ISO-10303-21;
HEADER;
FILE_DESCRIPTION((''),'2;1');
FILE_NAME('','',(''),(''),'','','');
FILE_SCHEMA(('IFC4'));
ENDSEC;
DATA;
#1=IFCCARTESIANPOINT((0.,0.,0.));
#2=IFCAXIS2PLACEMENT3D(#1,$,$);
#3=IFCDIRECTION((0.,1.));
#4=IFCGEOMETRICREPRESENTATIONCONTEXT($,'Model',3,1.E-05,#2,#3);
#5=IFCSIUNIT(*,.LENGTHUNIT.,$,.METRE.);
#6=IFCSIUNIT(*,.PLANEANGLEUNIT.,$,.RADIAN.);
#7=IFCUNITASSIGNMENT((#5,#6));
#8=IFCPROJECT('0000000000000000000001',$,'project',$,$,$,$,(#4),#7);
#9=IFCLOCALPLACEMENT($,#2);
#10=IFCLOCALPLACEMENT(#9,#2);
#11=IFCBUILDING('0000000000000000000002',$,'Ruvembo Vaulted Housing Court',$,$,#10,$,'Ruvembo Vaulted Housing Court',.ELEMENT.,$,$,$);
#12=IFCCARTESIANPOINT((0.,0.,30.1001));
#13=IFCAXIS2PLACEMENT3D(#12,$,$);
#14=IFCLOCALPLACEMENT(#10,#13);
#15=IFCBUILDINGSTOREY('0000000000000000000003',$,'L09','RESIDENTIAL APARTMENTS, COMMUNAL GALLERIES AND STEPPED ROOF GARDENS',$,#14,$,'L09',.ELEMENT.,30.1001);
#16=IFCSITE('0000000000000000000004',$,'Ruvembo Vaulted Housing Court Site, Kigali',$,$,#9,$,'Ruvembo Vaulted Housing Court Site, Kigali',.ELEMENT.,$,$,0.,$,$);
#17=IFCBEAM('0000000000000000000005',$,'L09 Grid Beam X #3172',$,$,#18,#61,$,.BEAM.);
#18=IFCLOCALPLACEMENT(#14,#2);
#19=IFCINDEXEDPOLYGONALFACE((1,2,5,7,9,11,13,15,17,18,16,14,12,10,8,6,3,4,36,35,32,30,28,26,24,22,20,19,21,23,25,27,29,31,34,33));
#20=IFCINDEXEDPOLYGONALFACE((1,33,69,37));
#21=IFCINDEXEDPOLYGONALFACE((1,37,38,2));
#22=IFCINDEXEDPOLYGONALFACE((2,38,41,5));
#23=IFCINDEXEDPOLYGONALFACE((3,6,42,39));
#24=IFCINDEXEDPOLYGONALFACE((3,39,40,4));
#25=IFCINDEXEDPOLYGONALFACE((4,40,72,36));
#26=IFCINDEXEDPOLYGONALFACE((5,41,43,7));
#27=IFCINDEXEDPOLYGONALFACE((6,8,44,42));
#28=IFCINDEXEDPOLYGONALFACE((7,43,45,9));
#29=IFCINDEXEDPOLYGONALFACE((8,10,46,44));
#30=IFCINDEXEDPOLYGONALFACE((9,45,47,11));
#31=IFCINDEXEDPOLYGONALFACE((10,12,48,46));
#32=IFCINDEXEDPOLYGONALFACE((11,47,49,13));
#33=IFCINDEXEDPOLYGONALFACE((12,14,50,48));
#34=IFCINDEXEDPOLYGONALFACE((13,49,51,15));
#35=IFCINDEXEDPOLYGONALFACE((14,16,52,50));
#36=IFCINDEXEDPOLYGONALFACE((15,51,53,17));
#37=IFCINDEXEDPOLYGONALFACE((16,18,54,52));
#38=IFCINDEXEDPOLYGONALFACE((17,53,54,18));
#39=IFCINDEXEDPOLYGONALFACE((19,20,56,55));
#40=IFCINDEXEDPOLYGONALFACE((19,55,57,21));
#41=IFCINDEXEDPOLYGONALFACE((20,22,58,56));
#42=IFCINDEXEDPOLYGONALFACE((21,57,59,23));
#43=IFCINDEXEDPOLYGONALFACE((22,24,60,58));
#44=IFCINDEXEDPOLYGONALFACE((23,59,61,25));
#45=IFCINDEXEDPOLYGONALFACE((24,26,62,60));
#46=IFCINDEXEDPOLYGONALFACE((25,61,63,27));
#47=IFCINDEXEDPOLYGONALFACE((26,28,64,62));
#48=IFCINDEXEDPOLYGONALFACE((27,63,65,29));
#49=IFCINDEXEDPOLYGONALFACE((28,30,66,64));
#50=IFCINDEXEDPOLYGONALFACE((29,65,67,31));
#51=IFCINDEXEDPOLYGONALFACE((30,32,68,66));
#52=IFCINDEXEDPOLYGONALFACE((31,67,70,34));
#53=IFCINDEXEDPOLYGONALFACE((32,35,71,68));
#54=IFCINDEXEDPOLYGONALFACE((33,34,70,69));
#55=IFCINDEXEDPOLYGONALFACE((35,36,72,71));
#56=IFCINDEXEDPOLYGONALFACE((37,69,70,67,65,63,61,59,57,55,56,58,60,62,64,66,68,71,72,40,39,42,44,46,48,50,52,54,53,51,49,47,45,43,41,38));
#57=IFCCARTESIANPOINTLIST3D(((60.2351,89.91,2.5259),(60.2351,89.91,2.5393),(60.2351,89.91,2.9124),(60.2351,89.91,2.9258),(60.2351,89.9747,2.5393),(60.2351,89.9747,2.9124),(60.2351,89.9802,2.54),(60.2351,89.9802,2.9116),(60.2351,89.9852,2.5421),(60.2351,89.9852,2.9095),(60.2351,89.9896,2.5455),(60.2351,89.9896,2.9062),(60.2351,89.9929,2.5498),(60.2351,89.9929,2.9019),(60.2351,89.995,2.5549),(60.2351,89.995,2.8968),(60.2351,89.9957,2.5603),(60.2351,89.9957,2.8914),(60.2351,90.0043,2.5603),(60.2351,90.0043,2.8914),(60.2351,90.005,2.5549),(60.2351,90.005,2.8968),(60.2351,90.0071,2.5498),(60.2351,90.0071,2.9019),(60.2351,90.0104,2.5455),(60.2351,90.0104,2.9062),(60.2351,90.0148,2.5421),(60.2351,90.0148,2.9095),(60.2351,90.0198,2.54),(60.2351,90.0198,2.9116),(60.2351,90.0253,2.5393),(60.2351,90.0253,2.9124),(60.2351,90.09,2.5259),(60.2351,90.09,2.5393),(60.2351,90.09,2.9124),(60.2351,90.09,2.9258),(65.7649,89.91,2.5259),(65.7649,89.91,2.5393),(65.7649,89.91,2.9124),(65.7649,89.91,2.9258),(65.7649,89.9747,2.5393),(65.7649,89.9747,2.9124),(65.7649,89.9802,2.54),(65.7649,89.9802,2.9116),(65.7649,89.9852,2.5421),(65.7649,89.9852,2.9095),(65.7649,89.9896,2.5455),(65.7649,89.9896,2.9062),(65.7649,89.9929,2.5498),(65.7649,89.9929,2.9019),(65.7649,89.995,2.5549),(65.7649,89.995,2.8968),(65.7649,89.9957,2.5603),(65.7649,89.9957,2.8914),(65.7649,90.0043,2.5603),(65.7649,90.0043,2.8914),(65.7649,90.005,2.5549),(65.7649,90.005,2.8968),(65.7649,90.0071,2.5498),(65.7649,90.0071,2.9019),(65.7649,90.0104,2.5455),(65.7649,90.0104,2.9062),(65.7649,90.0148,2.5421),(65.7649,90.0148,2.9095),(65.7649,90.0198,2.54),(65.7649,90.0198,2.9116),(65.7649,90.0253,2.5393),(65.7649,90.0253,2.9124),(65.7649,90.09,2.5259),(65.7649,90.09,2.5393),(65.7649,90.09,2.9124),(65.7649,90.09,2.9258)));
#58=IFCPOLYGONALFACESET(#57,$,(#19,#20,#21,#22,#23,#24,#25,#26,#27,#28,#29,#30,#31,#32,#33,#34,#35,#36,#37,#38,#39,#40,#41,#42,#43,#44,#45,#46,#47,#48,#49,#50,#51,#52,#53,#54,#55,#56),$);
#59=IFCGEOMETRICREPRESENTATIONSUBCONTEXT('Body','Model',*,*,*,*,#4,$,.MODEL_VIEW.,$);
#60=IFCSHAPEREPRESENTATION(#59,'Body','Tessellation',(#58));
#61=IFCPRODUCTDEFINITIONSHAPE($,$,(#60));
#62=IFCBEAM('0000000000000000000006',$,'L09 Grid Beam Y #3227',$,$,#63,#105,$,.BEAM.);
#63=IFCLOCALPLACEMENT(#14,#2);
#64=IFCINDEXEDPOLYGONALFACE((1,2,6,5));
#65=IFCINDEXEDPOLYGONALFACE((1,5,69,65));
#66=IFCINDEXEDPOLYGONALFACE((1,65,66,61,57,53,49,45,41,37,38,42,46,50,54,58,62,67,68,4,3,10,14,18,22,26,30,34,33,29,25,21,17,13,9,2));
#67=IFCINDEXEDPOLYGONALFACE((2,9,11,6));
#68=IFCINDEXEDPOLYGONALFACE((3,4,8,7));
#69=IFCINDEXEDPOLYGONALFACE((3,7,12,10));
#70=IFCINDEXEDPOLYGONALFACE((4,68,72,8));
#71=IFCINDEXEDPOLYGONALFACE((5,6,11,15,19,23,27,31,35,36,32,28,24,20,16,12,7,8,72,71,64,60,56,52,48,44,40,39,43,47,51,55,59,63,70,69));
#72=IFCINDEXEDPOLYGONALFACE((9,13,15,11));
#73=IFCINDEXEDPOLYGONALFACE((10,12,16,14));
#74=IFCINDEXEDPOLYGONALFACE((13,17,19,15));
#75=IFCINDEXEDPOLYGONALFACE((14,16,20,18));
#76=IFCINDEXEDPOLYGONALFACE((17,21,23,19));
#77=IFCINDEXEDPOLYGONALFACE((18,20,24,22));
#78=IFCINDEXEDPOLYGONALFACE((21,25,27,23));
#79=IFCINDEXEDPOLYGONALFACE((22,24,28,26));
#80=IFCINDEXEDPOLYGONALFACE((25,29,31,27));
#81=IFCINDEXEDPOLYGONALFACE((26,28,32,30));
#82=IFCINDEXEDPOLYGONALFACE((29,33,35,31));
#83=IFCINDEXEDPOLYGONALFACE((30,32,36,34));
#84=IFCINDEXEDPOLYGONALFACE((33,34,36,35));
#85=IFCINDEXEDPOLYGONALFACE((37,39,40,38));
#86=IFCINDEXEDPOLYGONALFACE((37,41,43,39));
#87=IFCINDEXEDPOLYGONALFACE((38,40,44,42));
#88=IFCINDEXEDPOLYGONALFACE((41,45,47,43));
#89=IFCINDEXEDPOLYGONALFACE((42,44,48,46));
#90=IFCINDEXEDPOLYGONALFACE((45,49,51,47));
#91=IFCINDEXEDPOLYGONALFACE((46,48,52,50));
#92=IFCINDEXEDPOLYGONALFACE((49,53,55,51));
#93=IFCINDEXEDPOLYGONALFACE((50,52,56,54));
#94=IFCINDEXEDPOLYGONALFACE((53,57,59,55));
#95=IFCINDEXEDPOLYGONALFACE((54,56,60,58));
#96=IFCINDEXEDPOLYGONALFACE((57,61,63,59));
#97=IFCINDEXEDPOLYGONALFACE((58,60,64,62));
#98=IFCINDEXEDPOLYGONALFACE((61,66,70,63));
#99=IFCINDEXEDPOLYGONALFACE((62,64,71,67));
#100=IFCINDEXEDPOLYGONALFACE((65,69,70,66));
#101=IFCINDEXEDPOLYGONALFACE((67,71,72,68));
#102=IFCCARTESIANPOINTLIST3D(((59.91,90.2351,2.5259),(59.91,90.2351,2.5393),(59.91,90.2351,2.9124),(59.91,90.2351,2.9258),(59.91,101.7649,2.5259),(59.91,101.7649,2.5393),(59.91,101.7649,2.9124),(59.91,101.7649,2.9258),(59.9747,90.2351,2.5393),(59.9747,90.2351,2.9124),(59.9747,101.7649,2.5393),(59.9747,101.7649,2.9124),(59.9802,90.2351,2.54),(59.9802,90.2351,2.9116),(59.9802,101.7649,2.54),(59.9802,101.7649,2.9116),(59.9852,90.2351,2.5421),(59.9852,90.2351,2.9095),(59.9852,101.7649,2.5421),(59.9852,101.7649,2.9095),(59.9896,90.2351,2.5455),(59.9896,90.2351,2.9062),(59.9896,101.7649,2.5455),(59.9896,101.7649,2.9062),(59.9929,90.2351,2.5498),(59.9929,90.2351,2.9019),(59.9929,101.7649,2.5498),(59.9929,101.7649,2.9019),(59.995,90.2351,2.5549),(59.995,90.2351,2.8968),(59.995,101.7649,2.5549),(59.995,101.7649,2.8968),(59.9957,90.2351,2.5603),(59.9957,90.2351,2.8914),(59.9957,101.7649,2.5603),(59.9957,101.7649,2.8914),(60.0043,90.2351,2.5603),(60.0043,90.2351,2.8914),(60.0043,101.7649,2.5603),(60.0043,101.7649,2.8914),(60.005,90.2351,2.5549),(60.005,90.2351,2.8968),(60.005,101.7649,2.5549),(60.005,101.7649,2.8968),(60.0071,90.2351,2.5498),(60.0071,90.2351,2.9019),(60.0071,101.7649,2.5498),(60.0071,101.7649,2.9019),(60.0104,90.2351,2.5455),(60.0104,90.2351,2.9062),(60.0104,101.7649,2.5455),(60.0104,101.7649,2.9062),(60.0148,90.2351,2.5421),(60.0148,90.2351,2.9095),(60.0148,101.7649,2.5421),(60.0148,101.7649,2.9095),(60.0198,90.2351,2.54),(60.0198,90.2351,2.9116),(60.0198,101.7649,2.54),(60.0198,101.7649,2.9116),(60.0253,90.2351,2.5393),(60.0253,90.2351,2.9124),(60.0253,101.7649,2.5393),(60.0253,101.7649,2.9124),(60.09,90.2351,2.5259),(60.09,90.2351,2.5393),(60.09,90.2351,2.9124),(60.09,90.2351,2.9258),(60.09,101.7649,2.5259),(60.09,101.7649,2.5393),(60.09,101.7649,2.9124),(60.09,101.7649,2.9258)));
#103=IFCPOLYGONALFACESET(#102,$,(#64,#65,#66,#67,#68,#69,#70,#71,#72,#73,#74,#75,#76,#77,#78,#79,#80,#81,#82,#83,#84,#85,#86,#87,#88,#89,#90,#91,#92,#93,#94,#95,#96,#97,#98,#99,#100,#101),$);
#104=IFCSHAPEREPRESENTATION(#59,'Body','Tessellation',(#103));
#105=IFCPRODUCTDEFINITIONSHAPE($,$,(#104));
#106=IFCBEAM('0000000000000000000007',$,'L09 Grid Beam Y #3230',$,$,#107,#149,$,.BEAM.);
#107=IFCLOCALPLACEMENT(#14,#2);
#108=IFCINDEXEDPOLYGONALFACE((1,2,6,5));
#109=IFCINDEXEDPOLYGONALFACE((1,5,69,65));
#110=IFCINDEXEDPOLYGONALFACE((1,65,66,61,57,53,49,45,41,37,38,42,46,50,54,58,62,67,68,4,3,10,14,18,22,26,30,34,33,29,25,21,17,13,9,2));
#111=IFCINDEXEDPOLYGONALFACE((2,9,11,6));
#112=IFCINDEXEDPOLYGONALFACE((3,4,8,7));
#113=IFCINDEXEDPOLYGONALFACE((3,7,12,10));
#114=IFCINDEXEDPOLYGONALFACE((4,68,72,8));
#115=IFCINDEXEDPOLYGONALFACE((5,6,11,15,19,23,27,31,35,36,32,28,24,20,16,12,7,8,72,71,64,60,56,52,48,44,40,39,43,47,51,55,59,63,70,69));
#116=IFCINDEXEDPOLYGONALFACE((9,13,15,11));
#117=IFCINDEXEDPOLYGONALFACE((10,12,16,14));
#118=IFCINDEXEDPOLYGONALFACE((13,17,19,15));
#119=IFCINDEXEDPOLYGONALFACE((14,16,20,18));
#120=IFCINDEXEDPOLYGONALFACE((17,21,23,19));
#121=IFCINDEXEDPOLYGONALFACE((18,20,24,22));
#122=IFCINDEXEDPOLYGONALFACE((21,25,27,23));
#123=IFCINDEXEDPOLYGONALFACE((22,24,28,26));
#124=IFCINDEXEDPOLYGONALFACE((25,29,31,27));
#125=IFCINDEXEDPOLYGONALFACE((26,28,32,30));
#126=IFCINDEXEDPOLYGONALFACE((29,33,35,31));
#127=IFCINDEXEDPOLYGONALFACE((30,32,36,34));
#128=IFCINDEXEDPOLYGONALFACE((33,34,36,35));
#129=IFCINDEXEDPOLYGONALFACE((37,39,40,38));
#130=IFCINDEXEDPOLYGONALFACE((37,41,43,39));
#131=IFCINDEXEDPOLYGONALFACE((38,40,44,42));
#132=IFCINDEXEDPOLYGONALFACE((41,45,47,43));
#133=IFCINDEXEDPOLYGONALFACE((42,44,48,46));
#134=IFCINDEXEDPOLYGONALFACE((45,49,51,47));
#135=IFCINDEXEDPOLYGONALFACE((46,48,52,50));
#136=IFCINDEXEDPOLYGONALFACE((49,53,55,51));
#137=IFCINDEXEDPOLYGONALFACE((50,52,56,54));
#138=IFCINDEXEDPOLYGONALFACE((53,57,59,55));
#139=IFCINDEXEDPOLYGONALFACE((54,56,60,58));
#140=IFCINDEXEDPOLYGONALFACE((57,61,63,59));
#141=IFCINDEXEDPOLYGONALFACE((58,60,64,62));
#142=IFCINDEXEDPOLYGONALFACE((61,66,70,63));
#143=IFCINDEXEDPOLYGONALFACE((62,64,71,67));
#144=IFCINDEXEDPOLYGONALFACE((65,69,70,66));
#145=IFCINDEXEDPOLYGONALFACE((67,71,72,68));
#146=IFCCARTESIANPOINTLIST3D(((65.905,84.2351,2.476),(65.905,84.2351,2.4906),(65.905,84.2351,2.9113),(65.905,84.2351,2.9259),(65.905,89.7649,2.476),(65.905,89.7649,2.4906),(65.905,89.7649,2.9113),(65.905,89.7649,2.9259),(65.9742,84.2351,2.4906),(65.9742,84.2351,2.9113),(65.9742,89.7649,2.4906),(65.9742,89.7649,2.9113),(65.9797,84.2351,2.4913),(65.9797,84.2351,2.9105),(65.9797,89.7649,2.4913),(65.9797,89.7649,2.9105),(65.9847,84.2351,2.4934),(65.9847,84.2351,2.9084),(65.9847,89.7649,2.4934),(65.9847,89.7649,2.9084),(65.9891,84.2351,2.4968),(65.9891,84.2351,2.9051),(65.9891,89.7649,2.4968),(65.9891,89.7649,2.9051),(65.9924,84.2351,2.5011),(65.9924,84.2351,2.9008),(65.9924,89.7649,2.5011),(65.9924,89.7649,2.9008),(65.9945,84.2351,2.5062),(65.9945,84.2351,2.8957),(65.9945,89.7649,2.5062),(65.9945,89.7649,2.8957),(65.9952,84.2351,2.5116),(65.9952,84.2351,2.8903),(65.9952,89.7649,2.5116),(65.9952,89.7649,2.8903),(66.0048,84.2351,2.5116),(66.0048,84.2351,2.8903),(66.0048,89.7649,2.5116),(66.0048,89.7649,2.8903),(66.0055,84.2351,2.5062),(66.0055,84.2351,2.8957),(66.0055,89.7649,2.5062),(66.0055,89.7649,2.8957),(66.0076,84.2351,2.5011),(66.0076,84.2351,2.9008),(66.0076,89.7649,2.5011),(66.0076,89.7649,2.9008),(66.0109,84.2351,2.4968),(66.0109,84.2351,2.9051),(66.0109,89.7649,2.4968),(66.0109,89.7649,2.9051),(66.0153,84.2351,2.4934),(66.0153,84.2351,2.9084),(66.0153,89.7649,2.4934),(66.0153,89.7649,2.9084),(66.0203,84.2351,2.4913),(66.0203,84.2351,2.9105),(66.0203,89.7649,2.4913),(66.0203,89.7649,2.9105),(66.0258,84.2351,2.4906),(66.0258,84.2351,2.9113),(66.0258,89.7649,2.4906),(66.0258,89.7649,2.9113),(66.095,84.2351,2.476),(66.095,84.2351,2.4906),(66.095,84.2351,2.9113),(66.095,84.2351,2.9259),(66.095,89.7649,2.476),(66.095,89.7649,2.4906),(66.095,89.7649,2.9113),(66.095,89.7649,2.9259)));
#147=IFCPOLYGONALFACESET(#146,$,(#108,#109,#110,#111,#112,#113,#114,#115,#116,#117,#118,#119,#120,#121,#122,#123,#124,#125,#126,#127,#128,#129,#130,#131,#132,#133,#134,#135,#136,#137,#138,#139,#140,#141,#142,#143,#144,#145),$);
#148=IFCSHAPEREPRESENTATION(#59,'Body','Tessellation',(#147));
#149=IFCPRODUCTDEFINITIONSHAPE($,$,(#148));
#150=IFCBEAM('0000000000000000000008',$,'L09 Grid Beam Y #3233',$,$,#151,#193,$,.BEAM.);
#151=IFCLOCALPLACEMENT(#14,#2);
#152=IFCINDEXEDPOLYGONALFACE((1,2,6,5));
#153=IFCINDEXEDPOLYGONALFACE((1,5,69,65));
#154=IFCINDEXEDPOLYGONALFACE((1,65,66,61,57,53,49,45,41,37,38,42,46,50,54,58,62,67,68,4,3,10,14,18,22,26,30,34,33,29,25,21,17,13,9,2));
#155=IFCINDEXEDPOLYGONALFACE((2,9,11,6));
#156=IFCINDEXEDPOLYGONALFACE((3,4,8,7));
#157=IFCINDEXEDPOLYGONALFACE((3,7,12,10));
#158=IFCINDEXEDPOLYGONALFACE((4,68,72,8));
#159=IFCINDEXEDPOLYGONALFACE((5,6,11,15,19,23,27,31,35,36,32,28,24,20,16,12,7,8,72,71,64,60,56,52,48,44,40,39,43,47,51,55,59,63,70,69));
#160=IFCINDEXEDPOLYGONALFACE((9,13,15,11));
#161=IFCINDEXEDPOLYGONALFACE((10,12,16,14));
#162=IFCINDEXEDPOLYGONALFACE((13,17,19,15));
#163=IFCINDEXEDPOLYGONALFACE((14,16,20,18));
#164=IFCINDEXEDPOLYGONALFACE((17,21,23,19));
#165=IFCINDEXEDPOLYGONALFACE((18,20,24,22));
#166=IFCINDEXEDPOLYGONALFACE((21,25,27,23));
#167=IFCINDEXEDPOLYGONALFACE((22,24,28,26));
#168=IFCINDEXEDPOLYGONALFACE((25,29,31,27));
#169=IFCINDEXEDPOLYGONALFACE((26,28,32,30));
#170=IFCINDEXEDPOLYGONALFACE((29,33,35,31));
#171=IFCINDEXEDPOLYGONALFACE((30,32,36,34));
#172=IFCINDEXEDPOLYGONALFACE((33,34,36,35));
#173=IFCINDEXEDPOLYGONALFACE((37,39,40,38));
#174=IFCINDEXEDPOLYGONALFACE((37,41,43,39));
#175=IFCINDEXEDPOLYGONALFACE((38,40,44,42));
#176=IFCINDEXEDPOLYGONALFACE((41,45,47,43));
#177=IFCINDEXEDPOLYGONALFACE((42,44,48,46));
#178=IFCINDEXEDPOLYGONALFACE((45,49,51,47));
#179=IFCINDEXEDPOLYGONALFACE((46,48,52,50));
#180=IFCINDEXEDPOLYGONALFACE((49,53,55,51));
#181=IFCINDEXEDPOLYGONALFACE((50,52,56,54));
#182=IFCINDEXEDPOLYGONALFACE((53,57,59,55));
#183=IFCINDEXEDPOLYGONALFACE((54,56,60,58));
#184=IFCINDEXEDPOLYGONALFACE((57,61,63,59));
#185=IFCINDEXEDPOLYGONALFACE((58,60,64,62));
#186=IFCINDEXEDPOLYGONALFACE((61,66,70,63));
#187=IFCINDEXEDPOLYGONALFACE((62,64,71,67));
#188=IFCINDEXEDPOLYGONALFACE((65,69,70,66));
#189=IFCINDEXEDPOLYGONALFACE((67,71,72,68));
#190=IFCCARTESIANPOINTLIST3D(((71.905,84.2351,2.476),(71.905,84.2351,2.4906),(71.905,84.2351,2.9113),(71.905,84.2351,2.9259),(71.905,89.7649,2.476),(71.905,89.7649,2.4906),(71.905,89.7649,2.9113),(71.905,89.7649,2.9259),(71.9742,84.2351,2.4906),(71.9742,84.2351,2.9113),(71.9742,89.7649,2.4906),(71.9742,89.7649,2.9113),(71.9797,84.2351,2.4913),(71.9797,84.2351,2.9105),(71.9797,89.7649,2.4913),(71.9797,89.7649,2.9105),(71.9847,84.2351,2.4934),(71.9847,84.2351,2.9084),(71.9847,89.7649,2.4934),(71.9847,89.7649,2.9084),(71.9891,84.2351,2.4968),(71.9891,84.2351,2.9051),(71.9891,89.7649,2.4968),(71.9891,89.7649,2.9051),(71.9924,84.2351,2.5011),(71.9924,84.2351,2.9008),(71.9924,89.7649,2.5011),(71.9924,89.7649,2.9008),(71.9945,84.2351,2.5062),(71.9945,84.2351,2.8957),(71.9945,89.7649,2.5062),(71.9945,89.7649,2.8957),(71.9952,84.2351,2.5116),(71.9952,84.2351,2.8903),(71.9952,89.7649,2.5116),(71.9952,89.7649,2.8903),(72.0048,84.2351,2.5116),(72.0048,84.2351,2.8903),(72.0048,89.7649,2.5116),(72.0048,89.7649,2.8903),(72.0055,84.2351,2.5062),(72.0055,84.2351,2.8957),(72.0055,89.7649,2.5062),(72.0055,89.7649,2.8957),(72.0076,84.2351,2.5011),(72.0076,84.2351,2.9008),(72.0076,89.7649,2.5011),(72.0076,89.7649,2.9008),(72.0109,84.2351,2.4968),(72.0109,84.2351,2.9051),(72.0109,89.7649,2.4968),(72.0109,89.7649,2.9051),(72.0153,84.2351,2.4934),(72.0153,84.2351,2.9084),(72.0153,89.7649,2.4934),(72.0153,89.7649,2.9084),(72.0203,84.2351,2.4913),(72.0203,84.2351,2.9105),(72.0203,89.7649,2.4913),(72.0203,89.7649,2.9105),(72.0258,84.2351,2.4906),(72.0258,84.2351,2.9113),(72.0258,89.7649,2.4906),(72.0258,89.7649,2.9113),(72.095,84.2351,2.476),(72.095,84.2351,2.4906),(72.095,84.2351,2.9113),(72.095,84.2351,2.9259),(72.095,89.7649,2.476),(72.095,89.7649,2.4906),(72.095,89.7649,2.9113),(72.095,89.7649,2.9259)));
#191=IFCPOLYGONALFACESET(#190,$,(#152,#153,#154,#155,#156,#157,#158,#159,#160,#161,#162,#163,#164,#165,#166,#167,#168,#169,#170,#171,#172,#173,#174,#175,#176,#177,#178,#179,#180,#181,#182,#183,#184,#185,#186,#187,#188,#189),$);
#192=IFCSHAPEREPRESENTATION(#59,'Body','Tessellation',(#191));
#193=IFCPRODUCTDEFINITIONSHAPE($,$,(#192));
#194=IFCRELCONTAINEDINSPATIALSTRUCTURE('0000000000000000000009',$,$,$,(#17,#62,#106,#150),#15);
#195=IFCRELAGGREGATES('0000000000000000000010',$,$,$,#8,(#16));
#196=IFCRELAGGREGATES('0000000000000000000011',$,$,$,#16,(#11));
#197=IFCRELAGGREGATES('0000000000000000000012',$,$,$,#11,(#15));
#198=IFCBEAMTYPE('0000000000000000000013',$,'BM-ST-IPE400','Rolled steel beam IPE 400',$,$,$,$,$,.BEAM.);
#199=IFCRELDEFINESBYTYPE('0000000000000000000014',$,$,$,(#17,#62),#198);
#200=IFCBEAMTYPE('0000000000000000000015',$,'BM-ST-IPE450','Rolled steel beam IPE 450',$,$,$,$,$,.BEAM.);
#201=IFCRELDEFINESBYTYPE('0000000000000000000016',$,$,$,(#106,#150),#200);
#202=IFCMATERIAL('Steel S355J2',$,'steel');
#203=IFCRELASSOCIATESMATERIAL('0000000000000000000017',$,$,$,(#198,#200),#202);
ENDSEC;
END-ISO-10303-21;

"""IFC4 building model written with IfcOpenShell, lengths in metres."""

from ifc_helpers import new_model, si_unit, direction, frame, origin, origin_2d, place, context, subcontext, project, spatial, i_section, extrude, material, material_profile, profile_set, type_object, element, save


model = new_model("IFC4")

# Units and contexts
model_context = context("Model", 3, precision=1e-05, world=origin(), true_north=direction((0.0, 1.0)))
body_context = subcontext(model_context, "Body", "Model", "MODEL_VIEW")
ifc_project = project(units=[si_unit("LENGTHUNIT", "METRE"), si_unit("PLANEANGLEUNIT", "RADIAN")], contexts=[model_context])

# Site, building, storey
site_placement = place(None, origin())
site = spatial("IfcSite", under=ifc_project, at=site_placement, Name="Ruvembo Vaulted Housing Court Site, Kigali", LongName="Ruvembo Vaulted Housing Court Site, Kigali", CompositionType="ELEMENT", RefElevation=0.0)
building_placement = place(site_placement, origin())
building = spatial("IfcBuilding", under=site, at=building_placement, Name="Ruvembo Vaulted Housing Court", LongName="Ruvembo Vaulted Housing Court", CompositionType="ELEMENT")
storey_placement = place(building_placement, frame((0.0, 0.0, 30.1001)))
storey = spatial("IfcBuildingStorey", under=building, at=storey_placement, Name="L09", Description="RESIDENTIAL APARTMENTS, COMMUNAL GALLERIES AND STEPPED ROOF GARDENS", LongName="L09", CompositionType="ELEMENT", Elevation=30.1001)

# Beams
ifc_material_1 = material(Name="Steel S355J2", Category="steel")
ifc_material_profile_1 = material_profile(ifc_material_1, i_section(OverallWidth=0.1799, OverallDepth=0.3999, WebThickness=0.0085, FlangeThickness=0.0134, FilletRadius=0.021, at=origin_2d()), Name="IPE 400")
ifc_profile_set_1 = profile_set([ifc_material_profile_1], Name="Steel S355J2")
beam_type_1 = type_object("IfcBeamType", Name="BM-ST-IPE400", Description="Rolled steel beam IPE 400", PredefinedType="BEAM", material=ifc_profile_set_1)
beam_1_placement = place(storey_placement, frame((60.2351, 90.0, 2.7258), z_axis=(1.0, 0.0, 0.0), x_axis=(0.0, 1.0, 0.0)))
element("IfcBeam", 1, at=beam_1_placement, inside=storey, type_object=beam_type_1, Name="L09 Grid Beam X #3172", PredefinedType="BEAM", context=body_context, shape_type="SweptSolid", body=[
    extrude(i_section(OverallWidth=0.1799, OverallDepth=0.3999, WebThickness=0.0085, FlangeThickness=0.0134, FilletRadius=0.021, at=origin_2d()), origin(), (0.0, 0.0, 1.0), 5.5298),
])
beam_2_placement = place(storey_placement, frame((60.0, 90.2351, 2.7258), z_axis=(0.0, 1.0, 0.0), x_axis=(-1.0, 0.0, 0.0)))
element("IfcBeam", 2, at=beam_2_placement, inside=storey, type_object=beam_type_1, Name="L09 Grid Beam Y #3227", PredefinedType="BEAM", context=body_context, shape_type="SweptSolid", body=[
    extrude(i_section(OverallWidth=0.1799, OverallDepth=0.3999, WebThickness=0.0085, FlangeThickness=0.0134, FilletRadius=0.021, at=origin_2d()), origin(), (0.0, 0.0, 1.0), 11.5298),
])
ifc_material_profile_2 = material_profile(ifc_material_1, i_section(OverallWidth=0.1899, OverallDepth=0.45, WebThickness=0.0095, FlangeThickness=0.0146, FilletRadius=0.021, at=origin_2d()), Name="IPE 450")
ifc_profile_set_2 = profile_set([ifc_material_profile_2], Name="Steel S355J2")
beam_type_2 = type_object("IfcBeamType", Name="BM-ST-IPE450", Description="Rolled steel beam IPE 450", PredefinedType="BEAM", material=ifc_profile_set_2)
for number, where, z_axis, x_axis, name in (
    (3, (66.0, 84.2351, 2.7009), (0.0, 1.0, 0.0), (-1.0, 0.0, 0.0), "L09 Grid Beam Y #3230"),
    (4, (72.0, 84.2351, 2.7009), (0.0, 1.0, 0.0), (-1.0, 0.0, 0.0), "L09 Grid Beam Y #3233"),
):
    element("IfcBeam", number, at=place(storey_placement, frame(where, z_axis=z_axis, x_axis=x_axis)), inside=storey, type_object=beam_type_2, Name=name, PredefinedType="BEAM", context=body_context, shape_type="SweptSolid", body=[
        extrude(i_section(OverallWidth=0.1899, OverallDepth=0.45, WebThickness=0.0095, FlangeThickness=0.0146, FilletRadius=0.021, at=origin_2d()), origin(), (0.0, 0.0, 1.0), 5.5298),
    ])

save(model, "model.ifc")
